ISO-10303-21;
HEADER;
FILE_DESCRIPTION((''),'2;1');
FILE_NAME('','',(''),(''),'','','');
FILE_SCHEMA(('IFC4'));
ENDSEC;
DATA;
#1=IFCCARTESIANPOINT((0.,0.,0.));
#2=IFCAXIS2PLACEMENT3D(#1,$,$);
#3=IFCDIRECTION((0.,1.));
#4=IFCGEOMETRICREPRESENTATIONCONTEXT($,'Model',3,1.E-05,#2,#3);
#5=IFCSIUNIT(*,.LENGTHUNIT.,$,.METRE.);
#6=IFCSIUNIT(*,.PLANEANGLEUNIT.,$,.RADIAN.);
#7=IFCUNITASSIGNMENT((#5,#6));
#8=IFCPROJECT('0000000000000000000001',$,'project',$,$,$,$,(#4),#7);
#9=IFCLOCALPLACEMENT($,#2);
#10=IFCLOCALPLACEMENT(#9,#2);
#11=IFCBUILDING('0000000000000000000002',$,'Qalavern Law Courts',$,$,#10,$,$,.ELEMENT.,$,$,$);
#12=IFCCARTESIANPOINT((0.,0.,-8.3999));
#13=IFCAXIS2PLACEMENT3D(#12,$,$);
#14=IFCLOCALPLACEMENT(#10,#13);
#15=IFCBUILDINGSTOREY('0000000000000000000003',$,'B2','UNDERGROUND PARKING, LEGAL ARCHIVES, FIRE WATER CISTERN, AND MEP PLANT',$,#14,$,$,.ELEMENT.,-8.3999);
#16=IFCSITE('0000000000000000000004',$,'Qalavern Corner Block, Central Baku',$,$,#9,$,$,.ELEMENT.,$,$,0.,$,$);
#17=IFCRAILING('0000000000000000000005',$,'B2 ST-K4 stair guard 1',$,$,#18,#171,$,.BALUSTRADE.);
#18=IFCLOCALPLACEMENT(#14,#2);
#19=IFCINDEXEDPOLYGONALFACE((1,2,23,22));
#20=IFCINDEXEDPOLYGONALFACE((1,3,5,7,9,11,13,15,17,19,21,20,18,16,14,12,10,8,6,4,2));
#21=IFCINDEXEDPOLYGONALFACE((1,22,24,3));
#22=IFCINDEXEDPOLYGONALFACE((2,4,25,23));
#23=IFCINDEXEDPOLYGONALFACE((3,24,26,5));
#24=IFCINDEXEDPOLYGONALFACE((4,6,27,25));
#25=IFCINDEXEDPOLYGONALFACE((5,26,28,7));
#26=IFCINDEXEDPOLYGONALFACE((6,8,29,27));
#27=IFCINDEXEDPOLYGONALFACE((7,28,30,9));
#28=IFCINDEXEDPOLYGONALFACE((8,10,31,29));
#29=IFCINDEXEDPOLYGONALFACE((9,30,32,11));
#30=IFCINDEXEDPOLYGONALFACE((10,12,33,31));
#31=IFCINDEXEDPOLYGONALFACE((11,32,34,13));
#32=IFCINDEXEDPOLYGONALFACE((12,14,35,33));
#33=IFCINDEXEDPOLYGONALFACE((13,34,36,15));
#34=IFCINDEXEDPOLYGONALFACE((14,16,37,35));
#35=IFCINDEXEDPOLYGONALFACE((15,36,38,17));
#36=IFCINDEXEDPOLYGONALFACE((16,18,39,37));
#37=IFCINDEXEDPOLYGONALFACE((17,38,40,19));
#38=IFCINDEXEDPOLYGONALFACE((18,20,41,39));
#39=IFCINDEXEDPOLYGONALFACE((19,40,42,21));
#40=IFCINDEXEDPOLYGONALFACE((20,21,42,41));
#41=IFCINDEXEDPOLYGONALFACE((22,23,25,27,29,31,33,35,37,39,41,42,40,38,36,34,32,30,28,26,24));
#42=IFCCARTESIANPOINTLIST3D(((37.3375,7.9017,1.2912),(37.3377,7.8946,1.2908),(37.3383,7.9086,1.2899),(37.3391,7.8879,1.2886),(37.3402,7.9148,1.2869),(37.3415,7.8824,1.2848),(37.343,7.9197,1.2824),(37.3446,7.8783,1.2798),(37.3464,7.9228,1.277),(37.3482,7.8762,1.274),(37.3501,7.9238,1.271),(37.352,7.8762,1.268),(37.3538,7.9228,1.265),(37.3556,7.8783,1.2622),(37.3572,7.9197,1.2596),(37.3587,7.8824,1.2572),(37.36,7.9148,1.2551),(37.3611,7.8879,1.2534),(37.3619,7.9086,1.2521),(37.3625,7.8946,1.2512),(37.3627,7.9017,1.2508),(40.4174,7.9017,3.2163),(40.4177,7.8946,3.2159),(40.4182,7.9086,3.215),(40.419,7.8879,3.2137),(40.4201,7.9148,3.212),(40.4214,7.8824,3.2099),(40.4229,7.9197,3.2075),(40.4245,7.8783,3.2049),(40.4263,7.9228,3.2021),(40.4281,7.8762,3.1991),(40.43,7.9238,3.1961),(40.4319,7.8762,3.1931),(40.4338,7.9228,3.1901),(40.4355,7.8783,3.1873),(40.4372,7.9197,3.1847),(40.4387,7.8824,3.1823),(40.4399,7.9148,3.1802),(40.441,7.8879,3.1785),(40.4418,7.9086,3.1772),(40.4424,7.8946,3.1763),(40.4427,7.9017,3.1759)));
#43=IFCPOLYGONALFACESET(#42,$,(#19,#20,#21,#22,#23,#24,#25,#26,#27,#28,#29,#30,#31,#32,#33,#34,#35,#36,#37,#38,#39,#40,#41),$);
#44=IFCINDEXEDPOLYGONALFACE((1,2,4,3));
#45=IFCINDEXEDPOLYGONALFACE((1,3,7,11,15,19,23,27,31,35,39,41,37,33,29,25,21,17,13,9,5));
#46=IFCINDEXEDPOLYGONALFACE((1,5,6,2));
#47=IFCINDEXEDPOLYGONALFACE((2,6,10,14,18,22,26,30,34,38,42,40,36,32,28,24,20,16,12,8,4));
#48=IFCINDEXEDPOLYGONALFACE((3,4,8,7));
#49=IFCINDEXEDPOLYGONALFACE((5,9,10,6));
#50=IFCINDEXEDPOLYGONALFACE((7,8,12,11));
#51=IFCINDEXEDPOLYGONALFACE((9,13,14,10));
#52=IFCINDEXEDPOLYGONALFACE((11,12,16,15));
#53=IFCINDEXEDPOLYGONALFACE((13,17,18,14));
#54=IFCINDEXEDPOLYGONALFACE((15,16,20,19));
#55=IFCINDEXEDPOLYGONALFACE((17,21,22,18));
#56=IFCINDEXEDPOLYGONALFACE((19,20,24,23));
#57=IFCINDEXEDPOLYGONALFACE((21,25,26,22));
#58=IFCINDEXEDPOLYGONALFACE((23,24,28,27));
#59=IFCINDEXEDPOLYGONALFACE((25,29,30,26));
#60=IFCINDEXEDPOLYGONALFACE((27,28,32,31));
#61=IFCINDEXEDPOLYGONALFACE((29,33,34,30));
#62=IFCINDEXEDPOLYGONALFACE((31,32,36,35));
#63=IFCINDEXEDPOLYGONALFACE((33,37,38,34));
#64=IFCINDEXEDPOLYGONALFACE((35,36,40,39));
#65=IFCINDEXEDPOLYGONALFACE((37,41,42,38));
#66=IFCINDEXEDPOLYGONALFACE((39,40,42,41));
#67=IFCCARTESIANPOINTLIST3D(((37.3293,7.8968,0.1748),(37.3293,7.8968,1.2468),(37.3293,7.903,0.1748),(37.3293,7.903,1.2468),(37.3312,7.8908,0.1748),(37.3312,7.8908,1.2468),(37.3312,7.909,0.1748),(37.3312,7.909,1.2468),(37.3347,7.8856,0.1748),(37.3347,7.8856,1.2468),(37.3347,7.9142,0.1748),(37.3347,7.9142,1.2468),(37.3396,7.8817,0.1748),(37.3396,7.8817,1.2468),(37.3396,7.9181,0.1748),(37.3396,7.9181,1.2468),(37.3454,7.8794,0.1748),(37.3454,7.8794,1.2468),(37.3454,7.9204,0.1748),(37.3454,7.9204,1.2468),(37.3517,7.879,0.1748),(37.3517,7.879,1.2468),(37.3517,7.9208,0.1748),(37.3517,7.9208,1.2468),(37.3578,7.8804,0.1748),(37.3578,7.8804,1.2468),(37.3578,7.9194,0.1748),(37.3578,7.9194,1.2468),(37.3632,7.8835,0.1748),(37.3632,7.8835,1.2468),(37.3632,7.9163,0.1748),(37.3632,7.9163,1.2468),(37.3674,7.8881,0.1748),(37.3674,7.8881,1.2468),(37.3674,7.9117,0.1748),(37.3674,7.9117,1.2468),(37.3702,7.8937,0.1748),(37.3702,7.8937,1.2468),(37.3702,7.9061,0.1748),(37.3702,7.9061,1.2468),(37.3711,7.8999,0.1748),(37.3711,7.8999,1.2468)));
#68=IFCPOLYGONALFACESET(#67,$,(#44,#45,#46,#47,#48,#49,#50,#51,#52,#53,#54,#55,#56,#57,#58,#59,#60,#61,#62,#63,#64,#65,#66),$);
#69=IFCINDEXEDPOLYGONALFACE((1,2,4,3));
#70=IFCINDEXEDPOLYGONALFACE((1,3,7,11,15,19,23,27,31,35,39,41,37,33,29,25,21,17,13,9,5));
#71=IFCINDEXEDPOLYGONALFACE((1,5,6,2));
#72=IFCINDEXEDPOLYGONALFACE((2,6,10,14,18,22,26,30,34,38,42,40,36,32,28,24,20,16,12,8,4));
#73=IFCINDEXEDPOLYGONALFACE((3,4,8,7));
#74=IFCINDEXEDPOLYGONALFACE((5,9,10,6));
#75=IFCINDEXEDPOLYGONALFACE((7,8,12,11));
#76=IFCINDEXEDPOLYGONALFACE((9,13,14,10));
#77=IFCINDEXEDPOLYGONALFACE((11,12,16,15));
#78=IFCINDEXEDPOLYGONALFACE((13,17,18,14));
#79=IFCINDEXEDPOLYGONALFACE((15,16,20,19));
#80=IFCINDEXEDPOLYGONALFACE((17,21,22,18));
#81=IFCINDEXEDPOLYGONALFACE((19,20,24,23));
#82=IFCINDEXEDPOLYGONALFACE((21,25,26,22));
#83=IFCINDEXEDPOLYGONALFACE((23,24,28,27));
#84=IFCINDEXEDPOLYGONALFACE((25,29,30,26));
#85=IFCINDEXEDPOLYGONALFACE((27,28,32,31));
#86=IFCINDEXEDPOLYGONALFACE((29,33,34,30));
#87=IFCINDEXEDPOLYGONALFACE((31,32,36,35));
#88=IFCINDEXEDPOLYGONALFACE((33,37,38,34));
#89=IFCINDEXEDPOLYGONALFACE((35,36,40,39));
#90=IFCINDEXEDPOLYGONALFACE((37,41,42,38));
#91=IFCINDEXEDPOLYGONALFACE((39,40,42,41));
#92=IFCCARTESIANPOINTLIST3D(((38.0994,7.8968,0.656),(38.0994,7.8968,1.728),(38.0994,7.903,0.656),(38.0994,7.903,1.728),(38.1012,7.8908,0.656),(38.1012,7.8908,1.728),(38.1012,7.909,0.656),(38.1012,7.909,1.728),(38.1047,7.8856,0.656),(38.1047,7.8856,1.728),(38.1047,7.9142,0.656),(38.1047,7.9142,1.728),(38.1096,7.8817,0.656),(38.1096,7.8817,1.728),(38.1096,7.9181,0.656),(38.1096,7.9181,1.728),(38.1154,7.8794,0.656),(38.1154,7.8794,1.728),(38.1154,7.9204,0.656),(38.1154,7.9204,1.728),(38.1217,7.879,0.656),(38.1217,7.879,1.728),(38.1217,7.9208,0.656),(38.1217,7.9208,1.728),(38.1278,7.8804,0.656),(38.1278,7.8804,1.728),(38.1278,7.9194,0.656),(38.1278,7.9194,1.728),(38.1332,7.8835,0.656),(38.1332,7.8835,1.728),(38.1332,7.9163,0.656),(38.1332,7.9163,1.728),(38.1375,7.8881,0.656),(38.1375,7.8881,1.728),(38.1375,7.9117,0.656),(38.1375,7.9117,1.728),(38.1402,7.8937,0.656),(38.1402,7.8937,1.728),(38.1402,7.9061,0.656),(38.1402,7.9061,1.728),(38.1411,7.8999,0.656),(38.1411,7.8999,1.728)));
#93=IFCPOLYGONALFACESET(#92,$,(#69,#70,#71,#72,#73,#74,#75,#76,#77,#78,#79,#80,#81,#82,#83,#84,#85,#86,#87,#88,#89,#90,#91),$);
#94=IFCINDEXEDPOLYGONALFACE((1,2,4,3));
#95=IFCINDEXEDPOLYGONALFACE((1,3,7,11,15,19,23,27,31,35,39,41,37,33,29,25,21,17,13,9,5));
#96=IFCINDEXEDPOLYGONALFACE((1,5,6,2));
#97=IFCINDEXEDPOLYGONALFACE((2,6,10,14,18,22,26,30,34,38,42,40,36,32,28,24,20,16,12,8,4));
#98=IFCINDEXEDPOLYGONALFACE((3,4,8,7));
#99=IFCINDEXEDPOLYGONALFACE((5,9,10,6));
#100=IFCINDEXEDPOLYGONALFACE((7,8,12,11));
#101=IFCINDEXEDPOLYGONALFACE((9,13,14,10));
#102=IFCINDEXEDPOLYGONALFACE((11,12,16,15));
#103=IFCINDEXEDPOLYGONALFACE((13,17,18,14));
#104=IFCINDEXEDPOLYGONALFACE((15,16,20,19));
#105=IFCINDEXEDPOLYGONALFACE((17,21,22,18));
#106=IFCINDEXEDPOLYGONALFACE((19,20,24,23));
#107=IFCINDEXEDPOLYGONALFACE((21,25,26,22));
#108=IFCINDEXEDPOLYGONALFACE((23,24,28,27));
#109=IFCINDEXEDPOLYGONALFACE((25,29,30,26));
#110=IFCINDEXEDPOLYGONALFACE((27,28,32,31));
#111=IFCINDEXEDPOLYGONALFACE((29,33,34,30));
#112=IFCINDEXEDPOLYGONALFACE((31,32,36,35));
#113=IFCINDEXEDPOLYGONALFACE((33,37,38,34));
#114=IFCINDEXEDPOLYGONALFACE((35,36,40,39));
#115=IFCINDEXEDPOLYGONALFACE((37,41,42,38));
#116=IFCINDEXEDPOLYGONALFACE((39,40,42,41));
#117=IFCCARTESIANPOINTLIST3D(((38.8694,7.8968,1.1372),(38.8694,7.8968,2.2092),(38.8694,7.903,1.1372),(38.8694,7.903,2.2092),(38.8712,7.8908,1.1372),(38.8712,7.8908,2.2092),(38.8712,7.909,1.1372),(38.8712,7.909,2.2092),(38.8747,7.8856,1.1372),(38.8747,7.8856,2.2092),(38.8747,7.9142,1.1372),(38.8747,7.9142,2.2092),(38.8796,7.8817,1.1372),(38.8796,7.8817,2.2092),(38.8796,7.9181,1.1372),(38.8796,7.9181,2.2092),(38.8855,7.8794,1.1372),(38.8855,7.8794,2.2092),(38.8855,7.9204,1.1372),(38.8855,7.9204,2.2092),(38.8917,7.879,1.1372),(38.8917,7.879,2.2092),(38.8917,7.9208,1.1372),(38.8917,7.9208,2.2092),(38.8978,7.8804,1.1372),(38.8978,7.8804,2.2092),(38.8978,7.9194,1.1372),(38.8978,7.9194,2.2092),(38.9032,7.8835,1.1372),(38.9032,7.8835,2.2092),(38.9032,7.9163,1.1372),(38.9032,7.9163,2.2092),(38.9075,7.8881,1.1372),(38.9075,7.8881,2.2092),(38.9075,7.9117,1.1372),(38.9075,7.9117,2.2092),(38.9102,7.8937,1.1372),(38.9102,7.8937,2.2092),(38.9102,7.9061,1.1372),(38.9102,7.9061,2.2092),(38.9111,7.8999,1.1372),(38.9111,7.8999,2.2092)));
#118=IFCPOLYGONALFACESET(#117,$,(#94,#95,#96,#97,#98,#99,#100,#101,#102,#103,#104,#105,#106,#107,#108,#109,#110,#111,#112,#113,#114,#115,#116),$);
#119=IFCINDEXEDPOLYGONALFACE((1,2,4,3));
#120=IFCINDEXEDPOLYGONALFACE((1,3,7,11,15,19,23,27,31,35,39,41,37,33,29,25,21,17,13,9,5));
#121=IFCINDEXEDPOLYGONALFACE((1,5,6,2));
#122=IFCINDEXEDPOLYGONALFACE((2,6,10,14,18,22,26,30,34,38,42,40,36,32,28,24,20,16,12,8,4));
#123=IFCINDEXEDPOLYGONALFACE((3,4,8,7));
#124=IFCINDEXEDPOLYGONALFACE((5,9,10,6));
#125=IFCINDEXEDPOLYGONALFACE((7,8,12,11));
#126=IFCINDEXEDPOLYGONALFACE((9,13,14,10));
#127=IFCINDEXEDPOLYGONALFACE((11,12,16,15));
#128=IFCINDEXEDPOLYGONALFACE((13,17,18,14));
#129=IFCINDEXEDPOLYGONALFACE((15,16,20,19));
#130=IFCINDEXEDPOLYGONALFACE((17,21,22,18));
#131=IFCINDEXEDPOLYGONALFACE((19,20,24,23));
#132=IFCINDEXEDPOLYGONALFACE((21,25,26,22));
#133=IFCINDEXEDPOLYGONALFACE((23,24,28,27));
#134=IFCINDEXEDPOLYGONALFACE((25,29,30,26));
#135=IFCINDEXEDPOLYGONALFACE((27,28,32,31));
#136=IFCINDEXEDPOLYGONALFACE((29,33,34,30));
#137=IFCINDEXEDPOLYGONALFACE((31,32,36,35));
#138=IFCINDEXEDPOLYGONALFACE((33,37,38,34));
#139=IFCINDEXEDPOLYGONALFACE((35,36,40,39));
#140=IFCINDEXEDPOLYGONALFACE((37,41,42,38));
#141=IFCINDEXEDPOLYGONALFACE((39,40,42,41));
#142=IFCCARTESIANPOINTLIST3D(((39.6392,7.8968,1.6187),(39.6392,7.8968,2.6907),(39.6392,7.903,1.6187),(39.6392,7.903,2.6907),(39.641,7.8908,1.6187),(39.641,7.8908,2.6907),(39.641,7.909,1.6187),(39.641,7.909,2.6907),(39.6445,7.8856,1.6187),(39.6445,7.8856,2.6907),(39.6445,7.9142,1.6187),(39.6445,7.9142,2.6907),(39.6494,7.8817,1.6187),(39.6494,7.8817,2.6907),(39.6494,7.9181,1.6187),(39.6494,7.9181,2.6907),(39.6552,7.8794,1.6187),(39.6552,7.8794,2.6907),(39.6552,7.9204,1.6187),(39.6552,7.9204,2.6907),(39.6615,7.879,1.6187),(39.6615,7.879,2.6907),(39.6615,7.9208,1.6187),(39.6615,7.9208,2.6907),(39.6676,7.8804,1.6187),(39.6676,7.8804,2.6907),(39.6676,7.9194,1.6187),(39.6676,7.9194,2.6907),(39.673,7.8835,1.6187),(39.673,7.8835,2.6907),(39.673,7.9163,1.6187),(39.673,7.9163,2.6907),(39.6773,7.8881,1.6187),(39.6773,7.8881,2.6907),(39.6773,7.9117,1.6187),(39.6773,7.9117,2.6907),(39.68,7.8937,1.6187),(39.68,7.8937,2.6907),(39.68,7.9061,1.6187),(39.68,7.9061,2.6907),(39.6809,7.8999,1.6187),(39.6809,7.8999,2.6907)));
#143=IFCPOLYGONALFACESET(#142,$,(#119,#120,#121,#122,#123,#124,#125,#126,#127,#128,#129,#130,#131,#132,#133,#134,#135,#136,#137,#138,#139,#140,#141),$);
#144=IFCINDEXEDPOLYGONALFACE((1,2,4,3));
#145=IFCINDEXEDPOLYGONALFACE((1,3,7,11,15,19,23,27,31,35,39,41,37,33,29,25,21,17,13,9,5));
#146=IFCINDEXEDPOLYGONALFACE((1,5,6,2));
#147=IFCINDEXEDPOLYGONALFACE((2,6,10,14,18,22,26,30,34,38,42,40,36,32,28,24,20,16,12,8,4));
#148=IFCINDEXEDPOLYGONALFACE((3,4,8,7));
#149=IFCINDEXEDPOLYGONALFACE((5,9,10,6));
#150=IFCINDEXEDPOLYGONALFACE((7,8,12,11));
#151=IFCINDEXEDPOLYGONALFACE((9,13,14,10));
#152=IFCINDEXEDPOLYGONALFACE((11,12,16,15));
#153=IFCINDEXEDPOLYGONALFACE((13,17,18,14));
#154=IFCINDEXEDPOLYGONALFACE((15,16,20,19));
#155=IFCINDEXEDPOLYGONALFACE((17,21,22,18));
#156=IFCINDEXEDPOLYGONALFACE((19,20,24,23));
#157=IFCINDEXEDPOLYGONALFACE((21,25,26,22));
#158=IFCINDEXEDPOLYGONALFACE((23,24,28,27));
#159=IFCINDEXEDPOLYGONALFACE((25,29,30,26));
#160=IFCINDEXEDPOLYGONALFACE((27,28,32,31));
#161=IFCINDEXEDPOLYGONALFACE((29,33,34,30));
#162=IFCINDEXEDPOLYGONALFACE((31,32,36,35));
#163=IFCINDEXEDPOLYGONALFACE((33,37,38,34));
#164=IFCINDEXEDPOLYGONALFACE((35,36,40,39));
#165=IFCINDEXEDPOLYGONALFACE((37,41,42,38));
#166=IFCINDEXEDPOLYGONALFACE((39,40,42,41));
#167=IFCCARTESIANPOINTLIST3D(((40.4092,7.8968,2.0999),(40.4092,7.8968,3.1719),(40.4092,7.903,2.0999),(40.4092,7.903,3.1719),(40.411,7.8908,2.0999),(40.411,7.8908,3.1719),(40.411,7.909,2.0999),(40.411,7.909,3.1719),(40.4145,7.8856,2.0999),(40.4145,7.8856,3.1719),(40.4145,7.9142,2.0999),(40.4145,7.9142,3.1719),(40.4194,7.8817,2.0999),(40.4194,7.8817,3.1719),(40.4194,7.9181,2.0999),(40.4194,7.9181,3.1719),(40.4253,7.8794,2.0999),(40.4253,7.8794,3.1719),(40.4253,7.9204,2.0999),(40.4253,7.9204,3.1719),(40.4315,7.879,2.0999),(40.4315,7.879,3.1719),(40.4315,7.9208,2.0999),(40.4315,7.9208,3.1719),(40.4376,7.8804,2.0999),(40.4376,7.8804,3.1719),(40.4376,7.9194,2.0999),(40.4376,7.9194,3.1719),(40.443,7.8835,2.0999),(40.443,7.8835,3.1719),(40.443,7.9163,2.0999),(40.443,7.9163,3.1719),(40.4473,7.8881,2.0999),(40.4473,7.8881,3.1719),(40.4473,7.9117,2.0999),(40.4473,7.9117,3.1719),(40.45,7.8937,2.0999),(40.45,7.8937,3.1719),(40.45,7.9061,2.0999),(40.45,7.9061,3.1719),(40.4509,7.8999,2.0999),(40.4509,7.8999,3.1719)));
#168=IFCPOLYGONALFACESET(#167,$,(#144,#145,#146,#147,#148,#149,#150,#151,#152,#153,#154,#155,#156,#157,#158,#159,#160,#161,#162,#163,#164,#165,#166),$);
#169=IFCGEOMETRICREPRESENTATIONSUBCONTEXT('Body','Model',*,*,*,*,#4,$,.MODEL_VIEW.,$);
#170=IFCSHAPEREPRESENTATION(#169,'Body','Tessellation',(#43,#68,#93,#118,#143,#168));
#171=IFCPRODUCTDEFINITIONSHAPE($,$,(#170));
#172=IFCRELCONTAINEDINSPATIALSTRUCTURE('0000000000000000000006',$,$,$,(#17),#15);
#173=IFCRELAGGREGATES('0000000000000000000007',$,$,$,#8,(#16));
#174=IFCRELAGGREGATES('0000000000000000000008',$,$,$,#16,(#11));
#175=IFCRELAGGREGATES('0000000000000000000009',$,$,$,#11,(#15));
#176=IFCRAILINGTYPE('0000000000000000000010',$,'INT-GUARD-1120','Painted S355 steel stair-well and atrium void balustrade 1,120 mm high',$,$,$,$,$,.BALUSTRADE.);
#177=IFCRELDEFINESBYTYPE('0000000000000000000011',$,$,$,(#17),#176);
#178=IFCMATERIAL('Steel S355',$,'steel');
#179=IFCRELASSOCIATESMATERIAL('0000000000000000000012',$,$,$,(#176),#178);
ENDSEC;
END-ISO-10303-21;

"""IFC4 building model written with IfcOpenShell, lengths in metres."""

from ifc_helpers import new_model, si_unit, direction, frame, origin, origin_2d, place, context, subcontext, project, spatial, circle, extrude, material, type_object, element, save


model = new_model("IFC4")

# Units and contexts
model_context = context("Model", 3, precision=1e-05, world=origin(), true_north=direction((0.0, 1.0)))
body_context = subcontext(model_context, "Body", "Model", "MODEL_VIEW")
ifc_project = project(units=[si_unit("LENGTHUNIT", "METRE"), si_unit("PLANEANGLEUNIT", "RADIAN")], contexts=[model_context])

# Site, building, storey
site_placement = place(None, origin())
site = spatial("IfcSite", under=ifc_project, at=site_placement, Name="Qalavern Corner Block, Central Baku", CompositionType="ELEMENT", RefElevation=0.0)
building_placement = place(site_placement, origin())
building = spatial("IfcBuilding", under=site, at=building_placement, Name="Qalavern Law Courts", CompositionType="ELEMENT")
storey_placement = place(building_placement, frame((0.0, 0.0, -8.3999)))
storey = spatial("IfcBuildingStorey", under=building, at=storey_placement, Name="B2", Description="UNDERGROUND PARKING, LEGAL ARCHIVES, FIRE WATER CISTERN, AND MEP PLANT", CompositionType="ELEMENT", Elevation=-8.3999)

# Shared definitions
ifc_material_1 = material(Name="Steel S355", Category="steel")

# Railing
railing_type_1 = type_object("IfcRailingType", Name="INT-GUARD-1120", Description="Painted S355 steel stair-well and atrium void balustrade 1,120 mm high", PredefinedType="BALUSTRADE", material=ifc_material_1)
railing_1_placement = place(storey_placement, frame((37.3501, 7.8999, 0.1748)))
element("IfcRailing", 1, at=railing_1_placement, inside=storey, type_object=railing_type_1, Name="B2 ST-K4 stair guard 1", PredefinedType="BALUSTRADE", context=body_context, shape_type="SweptSolid", body=[
    extrude(circle(Radius=0.0239, at=origin_2d()), frame((0.0, 0.0, 1.0962), z_axis=(0.847979, 0.0, 0.530029), x_axis=(0.0, 1.0, 0.0)), (0.0, 0.0, 1.0), 3.6321),
    extrude(circle(Radius=0.021, at=origin_2d()), origin(), (0.0, 0.0, 1.0), 1.072),
    extrude(circle(Radius=0.021, at=origin_2d()), frame((0.77, 0.0, 0.4812)), (0.0, 0.0, 1.0), 1.072),
    extrude(circle(Radius=0.021, at=origin_2d()), frame((1.54, 0.0, 0.9624)), (0.0, 0.0, 1.0), 1.072),
    extrude(circle(Radius=0.021, at=origin_2d()), frame((2.3098, 0.0, 1.4438)), (0.0, 0.0, 1.0), 1.072),
    extrude(circle(Radius=0.021, at=origin_2d()), frame((3.0798, 0.0, 1.925)), (0.0, 0.0, 1.0), 1.072),
])

save(model, "model.ifc")
